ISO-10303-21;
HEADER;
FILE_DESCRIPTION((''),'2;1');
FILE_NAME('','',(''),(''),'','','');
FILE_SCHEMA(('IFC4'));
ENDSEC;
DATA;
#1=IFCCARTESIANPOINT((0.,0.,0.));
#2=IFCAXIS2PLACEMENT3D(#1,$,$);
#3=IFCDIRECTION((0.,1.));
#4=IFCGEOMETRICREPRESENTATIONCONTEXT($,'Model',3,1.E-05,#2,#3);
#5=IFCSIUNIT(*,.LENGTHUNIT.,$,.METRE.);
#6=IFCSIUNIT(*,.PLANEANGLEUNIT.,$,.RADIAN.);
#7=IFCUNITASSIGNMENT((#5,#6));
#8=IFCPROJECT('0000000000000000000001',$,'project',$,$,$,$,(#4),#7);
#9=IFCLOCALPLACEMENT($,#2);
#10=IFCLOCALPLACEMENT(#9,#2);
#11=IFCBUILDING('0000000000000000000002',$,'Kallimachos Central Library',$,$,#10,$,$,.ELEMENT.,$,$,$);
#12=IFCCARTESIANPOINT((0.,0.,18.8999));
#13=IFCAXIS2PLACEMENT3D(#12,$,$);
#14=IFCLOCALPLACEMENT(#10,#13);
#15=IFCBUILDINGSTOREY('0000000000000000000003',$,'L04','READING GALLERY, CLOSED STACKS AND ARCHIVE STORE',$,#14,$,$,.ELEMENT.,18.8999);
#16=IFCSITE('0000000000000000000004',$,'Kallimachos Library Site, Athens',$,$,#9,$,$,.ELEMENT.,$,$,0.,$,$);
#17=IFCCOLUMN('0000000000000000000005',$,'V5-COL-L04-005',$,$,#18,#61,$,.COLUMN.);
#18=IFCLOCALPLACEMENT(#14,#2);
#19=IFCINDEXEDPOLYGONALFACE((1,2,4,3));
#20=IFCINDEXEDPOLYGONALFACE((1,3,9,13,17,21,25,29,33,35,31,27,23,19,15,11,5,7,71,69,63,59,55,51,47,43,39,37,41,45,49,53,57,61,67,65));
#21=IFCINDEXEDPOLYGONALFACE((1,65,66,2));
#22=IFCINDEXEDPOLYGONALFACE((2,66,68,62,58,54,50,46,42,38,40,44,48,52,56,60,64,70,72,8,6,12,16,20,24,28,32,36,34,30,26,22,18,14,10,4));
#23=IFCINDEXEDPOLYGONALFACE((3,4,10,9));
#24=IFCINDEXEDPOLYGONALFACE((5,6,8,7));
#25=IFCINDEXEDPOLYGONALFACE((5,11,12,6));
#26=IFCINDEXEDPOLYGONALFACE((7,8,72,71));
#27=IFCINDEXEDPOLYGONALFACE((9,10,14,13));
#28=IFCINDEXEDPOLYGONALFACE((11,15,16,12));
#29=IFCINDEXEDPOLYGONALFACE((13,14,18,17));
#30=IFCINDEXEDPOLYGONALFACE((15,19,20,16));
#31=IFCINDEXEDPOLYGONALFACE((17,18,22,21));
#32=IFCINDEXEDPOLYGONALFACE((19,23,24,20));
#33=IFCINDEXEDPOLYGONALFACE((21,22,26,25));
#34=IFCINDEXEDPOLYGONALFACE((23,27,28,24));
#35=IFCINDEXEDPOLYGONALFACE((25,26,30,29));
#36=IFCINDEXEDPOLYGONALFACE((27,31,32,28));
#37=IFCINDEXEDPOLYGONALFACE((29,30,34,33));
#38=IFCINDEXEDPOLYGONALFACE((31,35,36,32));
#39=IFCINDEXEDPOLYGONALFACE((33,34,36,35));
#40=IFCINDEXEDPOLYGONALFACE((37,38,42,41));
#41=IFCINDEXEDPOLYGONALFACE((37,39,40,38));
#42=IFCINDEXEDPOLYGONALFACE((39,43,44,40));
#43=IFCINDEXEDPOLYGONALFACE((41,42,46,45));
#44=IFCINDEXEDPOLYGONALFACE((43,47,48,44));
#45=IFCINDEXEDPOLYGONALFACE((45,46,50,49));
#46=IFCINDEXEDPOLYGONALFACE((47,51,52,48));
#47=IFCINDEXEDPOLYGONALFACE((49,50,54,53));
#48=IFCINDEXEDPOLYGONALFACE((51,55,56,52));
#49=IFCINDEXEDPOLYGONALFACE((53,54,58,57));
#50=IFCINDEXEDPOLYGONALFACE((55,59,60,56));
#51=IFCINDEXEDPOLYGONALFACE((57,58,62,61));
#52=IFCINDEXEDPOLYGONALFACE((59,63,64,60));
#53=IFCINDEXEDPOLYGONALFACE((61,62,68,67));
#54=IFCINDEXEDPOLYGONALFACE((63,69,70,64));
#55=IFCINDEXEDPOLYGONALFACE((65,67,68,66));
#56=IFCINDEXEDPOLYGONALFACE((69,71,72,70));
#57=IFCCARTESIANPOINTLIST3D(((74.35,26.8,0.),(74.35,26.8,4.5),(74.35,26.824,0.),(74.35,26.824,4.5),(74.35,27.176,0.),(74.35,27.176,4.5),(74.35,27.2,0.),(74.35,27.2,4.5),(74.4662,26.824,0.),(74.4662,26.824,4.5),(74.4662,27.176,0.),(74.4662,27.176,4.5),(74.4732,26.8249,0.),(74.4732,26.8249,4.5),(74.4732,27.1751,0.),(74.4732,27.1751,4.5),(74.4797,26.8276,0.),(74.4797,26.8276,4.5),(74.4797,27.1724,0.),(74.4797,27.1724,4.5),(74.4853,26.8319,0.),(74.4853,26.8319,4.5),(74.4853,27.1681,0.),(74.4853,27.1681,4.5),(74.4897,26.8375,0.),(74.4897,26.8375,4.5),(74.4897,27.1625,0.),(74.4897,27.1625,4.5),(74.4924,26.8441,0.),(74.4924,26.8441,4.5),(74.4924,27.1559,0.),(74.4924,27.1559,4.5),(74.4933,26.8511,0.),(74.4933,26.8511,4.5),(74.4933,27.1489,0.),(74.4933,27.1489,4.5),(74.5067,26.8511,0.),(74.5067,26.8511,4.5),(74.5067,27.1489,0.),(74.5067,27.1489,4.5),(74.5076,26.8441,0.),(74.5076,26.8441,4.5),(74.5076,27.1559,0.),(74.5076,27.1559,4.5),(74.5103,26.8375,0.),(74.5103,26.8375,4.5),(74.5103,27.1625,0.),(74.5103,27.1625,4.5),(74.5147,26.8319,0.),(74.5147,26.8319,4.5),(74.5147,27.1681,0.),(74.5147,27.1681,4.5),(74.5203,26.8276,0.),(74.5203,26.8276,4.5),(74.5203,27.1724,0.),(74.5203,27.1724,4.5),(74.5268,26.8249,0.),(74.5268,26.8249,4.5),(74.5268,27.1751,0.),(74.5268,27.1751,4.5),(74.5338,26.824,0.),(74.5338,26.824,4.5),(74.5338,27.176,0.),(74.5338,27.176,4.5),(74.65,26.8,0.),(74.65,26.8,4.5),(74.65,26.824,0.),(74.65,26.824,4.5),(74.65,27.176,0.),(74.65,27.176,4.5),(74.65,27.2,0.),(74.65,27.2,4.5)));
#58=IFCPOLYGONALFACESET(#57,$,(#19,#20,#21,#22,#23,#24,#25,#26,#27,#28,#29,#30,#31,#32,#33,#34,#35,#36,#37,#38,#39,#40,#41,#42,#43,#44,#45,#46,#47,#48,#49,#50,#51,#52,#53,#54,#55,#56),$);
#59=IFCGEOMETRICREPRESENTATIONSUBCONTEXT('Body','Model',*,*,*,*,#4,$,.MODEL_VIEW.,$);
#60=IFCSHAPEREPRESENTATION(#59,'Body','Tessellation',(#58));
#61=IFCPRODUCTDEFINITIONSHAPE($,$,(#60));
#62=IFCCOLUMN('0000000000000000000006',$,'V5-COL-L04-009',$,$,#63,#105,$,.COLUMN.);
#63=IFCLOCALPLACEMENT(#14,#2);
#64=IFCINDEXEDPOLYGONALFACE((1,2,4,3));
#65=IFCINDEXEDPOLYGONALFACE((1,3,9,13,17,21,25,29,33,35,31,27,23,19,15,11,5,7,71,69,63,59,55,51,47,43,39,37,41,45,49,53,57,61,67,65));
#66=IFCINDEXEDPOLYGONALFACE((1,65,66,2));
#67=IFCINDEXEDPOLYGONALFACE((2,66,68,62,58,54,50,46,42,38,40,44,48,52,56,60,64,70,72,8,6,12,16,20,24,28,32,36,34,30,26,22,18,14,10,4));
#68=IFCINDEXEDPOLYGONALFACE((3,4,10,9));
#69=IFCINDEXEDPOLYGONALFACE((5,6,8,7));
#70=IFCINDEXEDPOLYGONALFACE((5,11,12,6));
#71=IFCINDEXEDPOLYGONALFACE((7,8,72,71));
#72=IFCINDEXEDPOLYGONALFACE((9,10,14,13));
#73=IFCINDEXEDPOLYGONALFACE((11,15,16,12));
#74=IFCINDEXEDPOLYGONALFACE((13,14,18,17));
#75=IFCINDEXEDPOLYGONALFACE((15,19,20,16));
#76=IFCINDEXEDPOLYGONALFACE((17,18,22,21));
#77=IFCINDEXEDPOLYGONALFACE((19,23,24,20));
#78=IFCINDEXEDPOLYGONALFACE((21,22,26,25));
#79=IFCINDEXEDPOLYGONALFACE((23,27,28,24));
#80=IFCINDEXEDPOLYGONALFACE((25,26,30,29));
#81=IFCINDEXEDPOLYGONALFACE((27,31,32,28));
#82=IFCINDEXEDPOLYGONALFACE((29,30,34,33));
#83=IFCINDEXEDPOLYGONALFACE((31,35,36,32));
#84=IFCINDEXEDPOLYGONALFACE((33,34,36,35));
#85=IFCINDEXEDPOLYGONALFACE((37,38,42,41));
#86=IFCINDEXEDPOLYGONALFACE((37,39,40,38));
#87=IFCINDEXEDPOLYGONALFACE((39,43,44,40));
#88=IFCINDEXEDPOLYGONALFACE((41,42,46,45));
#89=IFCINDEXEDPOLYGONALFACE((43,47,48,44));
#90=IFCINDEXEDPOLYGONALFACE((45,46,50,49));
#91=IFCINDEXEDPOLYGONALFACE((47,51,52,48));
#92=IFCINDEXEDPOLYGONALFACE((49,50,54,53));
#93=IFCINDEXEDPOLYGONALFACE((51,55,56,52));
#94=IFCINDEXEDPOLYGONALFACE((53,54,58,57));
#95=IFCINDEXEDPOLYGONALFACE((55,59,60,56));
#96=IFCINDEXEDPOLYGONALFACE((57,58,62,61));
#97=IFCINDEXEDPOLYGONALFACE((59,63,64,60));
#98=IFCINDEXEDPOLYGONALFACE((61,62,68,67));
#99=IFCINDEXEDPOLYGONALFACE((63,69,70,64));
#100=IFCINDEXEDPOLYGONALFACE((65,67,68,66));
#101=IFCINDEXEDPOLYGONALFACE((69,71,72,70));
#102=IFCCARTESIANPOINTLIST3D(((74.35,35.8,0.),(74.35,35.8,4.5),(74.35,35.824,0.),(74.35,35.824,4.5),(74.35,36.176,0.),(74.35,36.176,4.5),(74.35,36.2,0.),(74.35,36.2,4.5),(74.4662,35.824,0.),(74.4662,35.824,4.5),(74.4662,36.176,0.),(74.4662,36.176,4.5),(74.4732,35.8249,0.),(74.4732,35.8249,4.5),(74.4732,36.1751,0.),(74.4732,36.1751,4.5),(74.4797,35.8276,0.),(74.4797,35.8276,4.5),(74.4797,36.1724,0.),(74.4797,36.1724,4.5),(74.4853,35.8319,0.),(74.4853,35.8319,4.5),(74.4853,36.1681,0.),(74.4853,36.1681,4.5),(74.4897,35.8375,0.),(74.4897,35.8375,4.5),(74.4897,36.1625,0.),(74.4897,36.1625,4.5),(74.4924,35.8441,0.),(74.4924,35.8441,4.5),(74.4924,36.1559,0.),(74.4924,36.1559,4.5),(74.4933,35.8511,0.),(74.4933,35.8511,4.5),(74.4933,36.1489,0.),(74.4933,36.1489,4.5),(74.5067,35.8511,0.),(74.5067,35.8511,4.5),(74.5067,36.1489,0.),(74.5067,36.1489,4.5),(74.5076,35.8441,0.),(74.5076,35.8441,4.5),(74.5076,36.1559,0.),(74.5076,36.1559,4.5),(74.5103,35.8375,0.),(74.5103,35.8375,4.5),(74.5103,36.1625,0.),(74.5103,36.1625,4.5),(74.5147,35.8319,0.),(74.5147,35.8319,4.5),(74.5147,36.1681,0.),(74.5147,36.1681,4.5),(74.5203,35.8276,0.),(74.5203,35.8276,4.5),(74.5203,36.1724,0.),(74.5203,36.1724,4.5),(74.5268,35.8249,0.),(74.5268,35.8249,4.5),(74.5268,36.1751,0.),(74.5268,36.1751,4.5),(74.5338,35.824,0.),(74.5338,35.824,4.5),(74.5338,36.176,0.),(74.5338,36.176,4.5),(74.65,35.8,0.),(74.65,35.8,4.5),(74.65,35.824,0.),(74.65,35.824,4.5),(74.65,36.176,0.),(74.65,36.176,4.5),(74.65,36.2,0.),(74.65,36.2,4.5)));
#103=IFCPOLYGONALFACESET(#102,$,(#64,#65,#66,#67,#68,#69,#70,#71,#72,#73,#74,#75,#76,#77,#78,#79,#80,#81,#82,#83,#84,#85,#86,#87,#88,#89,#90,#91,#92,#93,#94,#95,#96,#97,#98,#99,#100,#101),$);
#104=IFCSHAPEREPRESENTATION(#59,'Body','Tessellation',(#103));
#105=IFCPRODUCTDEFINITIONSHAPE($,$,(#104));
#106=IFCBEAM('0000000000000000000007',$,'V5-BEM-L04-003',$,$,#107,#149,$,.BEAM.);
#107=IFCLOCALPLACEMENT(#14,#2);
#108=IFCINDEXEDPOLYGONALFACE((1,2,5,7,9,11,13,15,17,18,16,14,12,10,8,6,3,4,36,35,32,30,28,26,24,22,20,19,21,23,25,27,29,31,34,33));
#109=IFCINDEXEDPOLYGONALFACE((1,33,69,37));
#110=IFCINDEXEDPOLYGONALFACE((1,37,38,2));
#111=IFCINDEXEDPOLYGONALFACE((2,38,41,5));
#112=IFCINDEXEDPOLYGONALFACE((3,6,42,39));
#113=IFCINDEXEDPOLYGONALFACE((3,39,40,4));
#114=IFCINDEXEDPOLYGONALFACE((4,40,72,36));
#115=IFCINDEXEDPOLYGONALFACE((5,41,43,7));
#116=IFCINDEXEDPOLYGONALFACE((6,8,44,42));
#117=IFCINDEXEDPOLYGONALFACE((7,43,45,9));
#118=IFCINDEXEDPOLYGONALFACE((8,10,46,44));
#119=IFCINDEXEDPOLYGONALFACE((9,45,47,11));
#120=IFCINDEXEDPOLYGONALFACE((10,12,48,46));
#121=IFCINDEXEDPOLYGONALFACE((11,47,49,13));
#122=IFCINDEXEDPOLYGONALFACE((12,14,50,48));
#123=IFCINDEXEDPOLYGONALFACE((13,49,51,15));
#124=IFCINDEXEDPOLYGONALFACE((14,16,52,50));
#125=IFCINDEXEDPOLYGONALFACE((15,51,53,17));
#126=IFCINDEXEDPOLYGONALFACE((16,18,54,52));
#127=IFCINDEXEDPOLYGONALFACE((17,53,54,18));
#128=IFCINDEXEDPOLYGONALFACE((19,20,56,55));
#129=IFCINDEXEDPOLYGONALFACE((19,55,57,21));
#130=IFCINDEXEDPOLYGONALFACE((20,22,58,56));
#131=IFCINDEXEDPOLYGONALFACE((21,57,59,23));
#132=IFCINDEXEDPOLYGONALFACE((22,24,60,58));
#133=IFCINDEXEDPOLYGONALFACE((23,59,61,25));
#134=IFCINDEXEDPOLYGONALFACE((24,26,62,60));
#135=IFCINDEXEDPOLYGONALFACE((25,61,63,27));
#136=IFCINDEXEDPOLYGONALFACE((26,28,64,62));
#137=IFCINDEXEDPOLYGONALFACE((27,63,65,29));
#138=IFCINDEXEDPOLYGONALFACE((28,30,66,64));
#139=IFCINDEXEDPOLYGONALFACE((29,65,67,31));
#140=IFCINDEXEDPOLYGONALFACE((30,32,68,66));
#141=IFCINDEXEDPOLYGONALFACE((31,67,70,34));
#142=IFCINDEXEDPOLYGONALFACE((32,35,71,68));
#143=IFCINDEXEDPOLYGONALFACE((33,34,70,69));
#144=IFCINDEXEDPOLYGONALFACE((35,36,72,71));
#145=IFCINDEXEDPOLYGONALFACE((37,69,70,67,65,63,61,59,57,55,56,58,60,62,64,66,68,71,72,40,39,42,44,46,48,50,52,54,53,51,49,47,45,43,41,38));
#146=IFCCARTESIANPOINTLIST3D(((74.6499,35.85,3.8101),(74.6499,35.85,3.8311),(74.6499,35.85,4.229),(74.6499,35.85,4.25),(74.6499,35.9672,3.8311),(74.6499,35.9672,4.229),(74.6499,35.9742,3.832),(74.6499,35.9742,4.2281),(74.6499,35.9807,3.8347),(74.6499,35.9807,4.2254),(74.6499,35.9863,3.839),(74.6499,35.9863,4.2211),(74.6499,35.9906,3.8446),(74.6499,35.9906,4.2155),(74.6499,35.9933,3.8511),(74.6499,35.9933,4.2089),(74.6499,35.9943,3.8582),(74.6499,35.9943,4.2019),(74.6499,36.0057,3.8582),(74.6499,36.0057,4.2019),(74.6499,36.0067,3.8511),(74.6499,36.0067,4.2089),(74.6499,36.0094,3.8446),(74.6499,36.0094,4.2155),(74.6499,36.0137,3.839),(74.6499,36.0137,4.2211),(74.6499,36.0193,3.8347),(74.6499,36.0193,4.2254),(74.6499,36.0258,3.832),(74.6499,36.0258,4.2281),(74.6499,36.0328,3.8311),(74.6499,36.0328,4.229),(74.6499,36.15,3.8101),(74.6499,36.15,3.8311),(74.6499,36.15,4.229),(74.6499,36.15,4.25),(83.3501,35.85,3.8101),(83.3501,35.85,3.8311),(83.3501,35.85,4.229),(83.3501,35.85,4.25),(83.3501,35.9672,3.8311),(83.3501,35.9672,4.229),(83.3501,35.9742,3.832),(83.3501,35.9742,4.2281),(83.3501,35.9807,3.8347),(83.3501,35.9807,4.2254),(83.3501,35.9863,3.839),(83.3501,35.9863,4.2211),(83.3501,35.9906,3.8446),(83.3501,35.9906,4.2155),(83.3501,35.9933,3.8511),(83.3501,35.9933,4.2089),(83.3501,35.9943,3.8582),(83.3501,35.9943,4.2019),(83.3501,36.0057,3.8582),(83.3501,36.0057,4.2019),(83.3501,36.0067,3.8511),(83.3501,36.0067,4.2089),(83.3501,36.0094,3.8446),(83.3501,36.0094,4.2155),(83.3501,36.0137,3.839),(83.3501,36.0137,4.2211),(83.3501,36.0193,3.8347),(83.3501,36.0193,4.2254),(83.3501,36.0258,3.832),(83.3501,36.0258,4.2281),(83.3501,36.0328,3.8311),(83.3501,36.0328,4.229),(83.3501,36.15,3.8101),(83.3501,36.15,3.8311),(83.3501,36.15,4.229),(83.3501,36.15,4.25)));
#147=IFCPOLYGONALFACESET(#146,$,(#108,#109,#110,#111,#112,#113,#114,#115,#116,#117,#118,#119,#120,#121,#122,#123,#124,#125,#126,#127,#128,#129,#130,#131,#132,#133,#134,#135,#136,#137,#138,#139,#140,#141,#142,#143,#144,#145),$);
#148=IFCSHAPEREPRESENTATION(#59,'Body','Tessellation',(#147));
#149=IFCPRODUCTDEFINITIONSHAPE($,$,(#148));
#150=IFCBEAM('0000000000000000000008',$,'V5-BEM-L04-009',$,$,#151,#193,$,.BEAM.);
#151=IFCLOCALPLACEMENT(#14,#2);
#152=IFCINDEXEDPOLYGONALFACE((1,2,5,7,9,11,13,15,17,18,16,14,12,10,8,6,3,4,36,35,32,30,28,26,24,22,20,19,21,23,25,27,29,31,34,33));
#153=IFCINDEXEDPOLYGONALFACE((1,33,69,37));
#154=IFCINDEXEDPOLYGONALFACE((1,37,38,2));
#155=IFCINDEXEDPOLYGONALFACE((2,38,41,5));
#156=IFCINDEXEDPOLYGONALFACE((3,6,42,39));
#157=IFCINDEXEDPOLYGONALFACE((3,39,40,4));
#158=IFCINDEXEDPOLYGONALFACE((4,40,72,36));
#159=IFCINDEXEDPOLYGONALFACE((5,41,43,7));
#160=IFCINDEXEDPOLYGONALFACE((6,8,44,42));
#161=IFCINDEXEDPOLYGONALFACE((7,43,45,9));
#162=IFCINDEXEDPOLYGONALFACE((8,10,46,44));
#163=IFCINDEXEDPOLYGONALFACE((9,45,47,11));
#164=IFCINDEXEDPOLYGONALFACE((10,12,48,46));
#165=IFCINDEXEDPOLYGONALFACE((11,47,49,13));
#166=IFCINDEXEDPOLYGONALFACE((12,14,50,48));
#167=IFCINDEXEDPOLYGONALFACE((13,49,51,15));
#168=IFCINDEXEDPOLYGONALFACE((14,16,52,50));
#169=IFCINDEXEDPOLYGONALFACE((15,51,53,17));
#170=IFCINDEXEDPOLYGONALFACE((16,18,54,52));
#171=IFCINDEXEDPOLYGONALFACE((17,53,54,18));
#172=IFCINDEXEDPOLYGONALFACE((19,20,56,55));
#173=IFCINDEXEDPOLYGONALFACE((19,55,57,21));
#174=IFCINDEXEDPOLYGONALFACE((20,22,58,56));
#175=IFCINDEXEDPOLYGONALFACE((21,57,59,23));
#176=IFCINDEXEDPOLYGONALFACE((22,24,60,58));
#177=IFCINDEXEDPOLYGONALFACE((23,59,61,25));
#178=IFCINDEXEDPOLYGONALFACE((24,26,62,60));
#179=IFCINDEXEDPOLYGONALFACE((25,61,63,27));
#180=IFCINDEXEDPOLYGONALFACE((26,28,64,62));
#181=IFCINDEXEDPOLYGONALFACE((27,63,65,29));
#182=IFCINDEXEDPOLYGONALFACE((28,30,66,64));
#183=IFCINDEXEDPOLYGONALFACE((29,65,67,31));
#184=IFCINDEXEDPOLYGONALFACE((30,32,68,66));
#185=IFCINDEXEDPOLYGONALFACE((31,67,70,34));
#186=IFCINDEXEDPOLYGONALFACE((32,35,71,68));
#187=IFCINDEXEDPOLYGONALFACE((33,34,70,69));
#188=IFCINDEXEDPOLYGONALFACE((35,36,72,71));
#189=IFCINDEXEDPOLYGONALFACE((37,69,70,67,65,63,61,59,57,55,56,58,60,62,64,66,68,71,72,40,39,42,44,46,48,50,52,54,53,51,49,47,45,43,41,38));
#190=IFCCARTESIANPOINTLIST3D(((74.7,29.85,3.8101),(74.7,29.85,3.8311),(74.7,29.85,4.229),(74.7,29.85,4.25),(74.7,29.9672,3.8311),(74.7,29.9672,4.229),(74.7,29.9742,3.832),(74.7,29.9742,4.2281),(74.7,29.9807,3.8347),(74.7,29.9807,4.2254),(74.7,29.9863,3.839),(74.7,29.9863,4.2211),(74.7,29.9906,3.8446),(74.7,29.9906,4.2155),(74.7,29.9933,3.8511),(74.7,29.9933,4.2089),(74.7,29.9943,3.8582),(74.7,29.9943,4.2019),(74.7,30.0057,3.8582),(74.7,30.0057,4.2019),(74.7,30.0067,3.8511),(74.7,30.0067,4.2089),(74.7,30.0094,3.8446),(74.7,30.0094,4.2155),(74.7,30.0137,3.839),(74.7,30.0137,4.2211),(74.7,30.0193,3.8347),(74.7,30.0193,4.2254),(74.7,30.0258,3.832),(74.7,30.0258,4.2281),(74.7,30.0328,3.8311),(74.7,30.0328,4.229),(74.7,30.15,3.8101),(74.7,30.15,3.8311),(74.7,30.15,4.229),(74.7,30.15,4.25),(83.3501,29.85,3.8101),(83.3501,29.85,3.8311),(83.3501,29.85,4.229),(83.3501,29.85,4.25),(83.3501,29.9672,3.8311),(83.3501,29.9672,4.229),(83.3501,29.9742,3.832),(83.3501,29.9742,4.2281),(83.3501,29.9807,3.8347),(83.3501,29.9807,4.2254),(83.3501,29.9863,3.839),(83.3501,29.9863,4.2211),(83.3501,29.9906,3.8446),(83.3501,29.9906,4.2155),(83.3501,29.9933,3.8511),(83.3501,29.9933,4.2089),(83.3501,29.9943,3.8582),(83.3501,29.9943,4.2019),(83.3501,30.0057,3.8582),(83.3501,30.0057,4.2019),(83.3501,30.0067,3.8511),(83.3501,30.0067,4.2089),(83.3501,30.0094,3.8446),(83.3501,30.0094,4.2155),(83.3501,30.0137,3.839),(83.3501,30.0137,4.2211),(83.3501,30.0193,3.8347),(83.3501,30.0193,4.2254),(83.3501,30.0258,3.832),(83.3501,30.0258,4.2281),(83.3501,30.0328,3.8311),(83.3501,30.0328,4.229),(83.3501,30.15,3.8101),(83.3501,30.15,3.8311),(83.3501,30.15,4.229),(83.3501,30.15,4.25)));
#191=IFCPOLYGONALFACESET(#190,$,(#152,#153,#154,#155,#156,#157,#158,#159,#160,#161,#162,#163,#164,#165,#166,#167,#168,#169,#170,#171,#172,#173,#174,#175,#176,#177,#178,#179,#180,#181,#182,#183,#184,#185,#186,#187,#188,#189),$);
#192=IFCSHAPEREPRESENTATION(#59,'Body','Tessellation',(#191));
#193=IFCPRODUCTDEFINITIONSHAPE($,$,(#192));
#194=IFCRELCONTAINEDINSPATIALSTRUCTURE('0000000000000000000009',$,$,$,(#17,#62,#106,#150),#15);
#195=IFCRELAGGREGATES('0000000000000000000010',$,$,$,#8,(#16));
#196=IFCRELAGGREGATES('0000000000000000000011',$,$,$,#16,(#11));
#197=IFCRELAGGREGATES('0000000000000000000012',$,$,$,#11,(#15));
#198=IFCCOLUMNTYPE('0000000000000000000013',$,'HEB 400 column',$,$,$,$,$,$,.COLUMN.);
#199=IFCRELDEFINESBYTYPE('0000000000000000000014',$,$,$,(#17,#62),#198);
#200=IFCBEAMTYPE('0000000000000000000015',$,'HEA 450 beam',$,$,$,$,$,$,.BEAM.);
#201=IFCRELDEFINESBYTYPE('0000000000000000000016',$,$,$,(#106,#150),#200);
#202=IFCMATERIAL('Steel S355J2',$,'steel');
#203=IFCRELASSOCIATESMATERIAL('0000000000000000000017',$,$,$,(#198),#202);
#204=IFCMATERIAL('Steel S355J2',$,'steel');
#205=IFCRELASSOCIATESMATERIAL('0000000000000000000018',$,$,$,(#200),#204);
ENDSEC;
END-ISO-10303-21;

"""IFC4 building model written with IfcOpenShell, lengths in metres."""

from ifc_helpers import new_model, si_unit, direction, frame, origin, origin_2d, place, context, subcontext, project, spatial, i_section, extrude, material, material_profile, profile_set, type_object, element, save


model = new_model("IFC4")

# Units and contexts
model_context = context("Model", 3, precision=1e-05, world=origin(), true_north=direction((0.0, 1.0)))
body_context = subcontext(model_context, "Body", "Model", "MODEL_VIEW")
ifc_project = project(units=[si_unit("LENGTHUNIT", "METRE"), si_unit("PLANEANGLEUNIT", "RADIAN")], contexts=[model_context])

# Site, building, storey
site_placement = place(None, origin())
site = spatial("IfcSite", under=ifc_project, at=site_placement, Name="Kallimachos Library Site, Athens", CompositionType="ELEMENT", RefElevation=0.0)
building_placement = place(site_placement, origin())
building = spatial("IfcBuilding", under=site, at=building_placement, Name="Kallimachos Central Library", CompositionType="ELEMENT")
storey_placement = place(building_placement, frame((0.0, 0.0, 18.8999)))
storey = spatial("IfcBuildingStorey", under=building, at=storey_placement, Name="L04", Description="READING GALLERY, CLOSED STACKS AND ARCHIVE STORE", CompositionType="ELEMENT", Elevation=18.8999)

# Columns
ifc_material_1 = material(Name="Steel S355J2", Category="steel")
ifc_material_profile_1 = material_profile(ifc_material_1, i_section(OverallWidth=0.3, OverallDepth=0.3999, WebThickness=0.0134, FlangeThickness=0.0239, FilletRadius=0.0271, at=origin_2d()), Name="HEB 400")
ifc_profile_set_1 = profile_set([ifc_material_profile_1], Name="Steel S355J2")
column_type = type_object("IfcColumnType", Name="HEB 400 column", PredefinedType="COLUMN", material=ifc_profile_set_1)
for number, where, z_axis, x_axis, name in (
    (1, (74.5, 27.0, 0.0), (0.0, 0.0, 1.0), (1.0, 0.0, 0.0), "V5-COL-L04-005"),
    (2, (74.5, 36.0, 0.0), (0.0, 0.0, 1.0), (1.0, 0.0, 0.0), "V5-COL-L04-009"),
):
    element("IfcColumn", number, at=place(storey_placement, frame(where, z_axis=z_axis, x_axis=x_axis)), inside=storey, type_object=column_type, Name=name, PredefinedType="COLUMN", context=body_context, shape_type="SweptSolid", body=[
        extrude(i_section(OverallWidth=0.3, OverallDepth=0.3999, WebThickness=0.0134, FlangeThickness=0.0239, FilletRadius=0.0271, at=origin_2d()), origin(), (0.0, 0.0, 1.0), 4.5),
    ])

# Beams
ifc_material_2 = material(Name="Steel S355J2", Category="steel")
ifc_material_profile_2 = material_profile(ifc_material_2, i_section(OverallWidth=0.3, OverallDepth=0.4399, WebThickness=0.0115, FlangeThickness=0.021, FilletRadius=0.0271, at=origin_2d()), Name="HEA 450")
ifc_profile_set_2 = profile_set([ifc_material_profile_2], Name="Steel S355J2")
beam_type = type_object("IfcBeamType", Name="HEA 450 beam", PredefinedType="BEAM", material=ifc_profile_set_2)
beam_placement = place(storey_placement, frame((74.6499, 36.0, 4.03), z_axis=(1.0, 0.0, 0.0), x_axis=(0.0, 1.0, 0.0)))
element("IfcBeam", 3, at=beam_placement, inside=storey, type_object=beam_type, Name="V5-BEM-L04-003", PredefinedType="BEAM", context=body_context, shape_type="SweptSolid", body=[
    extrude(i_section(OverallWidth=0.3, OverallDepth=0.4399, WebThickness=0.0115, FlangeThickness=0.021, FilletRadius=0.0271, at=origin_2d()), origin(), (0.0, 0.0, 1.0), 8.7002),
])
for number, where, z_axis, x_axis, name in (
    (4, (74.7, 30.0, 4.03), (1.0, 0.0, 0.0), (0.0, 1.0, 0.0), "V5-BEM-L04-009"),
):
    element("IfcBeam", number, at=place(storey_placement, frame(where, z_axis=z_axis, x_axis=x_axis)), inside=storey, type_object=beam_type, Name=name, PredefinedType="BEAM", context=body_context, shape_type="SweptSolid", body=[
        extrude(i_section(OverallWidth=0.3, OverallDepth=0.4399, WebThickness=0.0115, FlangeThickness=0.021, FilletRadius=0.0271, at=origin_2d()), origin(), (0.0, 0.0, 1.0), 8.6501),
    ])

save(model, "model.ifc")
